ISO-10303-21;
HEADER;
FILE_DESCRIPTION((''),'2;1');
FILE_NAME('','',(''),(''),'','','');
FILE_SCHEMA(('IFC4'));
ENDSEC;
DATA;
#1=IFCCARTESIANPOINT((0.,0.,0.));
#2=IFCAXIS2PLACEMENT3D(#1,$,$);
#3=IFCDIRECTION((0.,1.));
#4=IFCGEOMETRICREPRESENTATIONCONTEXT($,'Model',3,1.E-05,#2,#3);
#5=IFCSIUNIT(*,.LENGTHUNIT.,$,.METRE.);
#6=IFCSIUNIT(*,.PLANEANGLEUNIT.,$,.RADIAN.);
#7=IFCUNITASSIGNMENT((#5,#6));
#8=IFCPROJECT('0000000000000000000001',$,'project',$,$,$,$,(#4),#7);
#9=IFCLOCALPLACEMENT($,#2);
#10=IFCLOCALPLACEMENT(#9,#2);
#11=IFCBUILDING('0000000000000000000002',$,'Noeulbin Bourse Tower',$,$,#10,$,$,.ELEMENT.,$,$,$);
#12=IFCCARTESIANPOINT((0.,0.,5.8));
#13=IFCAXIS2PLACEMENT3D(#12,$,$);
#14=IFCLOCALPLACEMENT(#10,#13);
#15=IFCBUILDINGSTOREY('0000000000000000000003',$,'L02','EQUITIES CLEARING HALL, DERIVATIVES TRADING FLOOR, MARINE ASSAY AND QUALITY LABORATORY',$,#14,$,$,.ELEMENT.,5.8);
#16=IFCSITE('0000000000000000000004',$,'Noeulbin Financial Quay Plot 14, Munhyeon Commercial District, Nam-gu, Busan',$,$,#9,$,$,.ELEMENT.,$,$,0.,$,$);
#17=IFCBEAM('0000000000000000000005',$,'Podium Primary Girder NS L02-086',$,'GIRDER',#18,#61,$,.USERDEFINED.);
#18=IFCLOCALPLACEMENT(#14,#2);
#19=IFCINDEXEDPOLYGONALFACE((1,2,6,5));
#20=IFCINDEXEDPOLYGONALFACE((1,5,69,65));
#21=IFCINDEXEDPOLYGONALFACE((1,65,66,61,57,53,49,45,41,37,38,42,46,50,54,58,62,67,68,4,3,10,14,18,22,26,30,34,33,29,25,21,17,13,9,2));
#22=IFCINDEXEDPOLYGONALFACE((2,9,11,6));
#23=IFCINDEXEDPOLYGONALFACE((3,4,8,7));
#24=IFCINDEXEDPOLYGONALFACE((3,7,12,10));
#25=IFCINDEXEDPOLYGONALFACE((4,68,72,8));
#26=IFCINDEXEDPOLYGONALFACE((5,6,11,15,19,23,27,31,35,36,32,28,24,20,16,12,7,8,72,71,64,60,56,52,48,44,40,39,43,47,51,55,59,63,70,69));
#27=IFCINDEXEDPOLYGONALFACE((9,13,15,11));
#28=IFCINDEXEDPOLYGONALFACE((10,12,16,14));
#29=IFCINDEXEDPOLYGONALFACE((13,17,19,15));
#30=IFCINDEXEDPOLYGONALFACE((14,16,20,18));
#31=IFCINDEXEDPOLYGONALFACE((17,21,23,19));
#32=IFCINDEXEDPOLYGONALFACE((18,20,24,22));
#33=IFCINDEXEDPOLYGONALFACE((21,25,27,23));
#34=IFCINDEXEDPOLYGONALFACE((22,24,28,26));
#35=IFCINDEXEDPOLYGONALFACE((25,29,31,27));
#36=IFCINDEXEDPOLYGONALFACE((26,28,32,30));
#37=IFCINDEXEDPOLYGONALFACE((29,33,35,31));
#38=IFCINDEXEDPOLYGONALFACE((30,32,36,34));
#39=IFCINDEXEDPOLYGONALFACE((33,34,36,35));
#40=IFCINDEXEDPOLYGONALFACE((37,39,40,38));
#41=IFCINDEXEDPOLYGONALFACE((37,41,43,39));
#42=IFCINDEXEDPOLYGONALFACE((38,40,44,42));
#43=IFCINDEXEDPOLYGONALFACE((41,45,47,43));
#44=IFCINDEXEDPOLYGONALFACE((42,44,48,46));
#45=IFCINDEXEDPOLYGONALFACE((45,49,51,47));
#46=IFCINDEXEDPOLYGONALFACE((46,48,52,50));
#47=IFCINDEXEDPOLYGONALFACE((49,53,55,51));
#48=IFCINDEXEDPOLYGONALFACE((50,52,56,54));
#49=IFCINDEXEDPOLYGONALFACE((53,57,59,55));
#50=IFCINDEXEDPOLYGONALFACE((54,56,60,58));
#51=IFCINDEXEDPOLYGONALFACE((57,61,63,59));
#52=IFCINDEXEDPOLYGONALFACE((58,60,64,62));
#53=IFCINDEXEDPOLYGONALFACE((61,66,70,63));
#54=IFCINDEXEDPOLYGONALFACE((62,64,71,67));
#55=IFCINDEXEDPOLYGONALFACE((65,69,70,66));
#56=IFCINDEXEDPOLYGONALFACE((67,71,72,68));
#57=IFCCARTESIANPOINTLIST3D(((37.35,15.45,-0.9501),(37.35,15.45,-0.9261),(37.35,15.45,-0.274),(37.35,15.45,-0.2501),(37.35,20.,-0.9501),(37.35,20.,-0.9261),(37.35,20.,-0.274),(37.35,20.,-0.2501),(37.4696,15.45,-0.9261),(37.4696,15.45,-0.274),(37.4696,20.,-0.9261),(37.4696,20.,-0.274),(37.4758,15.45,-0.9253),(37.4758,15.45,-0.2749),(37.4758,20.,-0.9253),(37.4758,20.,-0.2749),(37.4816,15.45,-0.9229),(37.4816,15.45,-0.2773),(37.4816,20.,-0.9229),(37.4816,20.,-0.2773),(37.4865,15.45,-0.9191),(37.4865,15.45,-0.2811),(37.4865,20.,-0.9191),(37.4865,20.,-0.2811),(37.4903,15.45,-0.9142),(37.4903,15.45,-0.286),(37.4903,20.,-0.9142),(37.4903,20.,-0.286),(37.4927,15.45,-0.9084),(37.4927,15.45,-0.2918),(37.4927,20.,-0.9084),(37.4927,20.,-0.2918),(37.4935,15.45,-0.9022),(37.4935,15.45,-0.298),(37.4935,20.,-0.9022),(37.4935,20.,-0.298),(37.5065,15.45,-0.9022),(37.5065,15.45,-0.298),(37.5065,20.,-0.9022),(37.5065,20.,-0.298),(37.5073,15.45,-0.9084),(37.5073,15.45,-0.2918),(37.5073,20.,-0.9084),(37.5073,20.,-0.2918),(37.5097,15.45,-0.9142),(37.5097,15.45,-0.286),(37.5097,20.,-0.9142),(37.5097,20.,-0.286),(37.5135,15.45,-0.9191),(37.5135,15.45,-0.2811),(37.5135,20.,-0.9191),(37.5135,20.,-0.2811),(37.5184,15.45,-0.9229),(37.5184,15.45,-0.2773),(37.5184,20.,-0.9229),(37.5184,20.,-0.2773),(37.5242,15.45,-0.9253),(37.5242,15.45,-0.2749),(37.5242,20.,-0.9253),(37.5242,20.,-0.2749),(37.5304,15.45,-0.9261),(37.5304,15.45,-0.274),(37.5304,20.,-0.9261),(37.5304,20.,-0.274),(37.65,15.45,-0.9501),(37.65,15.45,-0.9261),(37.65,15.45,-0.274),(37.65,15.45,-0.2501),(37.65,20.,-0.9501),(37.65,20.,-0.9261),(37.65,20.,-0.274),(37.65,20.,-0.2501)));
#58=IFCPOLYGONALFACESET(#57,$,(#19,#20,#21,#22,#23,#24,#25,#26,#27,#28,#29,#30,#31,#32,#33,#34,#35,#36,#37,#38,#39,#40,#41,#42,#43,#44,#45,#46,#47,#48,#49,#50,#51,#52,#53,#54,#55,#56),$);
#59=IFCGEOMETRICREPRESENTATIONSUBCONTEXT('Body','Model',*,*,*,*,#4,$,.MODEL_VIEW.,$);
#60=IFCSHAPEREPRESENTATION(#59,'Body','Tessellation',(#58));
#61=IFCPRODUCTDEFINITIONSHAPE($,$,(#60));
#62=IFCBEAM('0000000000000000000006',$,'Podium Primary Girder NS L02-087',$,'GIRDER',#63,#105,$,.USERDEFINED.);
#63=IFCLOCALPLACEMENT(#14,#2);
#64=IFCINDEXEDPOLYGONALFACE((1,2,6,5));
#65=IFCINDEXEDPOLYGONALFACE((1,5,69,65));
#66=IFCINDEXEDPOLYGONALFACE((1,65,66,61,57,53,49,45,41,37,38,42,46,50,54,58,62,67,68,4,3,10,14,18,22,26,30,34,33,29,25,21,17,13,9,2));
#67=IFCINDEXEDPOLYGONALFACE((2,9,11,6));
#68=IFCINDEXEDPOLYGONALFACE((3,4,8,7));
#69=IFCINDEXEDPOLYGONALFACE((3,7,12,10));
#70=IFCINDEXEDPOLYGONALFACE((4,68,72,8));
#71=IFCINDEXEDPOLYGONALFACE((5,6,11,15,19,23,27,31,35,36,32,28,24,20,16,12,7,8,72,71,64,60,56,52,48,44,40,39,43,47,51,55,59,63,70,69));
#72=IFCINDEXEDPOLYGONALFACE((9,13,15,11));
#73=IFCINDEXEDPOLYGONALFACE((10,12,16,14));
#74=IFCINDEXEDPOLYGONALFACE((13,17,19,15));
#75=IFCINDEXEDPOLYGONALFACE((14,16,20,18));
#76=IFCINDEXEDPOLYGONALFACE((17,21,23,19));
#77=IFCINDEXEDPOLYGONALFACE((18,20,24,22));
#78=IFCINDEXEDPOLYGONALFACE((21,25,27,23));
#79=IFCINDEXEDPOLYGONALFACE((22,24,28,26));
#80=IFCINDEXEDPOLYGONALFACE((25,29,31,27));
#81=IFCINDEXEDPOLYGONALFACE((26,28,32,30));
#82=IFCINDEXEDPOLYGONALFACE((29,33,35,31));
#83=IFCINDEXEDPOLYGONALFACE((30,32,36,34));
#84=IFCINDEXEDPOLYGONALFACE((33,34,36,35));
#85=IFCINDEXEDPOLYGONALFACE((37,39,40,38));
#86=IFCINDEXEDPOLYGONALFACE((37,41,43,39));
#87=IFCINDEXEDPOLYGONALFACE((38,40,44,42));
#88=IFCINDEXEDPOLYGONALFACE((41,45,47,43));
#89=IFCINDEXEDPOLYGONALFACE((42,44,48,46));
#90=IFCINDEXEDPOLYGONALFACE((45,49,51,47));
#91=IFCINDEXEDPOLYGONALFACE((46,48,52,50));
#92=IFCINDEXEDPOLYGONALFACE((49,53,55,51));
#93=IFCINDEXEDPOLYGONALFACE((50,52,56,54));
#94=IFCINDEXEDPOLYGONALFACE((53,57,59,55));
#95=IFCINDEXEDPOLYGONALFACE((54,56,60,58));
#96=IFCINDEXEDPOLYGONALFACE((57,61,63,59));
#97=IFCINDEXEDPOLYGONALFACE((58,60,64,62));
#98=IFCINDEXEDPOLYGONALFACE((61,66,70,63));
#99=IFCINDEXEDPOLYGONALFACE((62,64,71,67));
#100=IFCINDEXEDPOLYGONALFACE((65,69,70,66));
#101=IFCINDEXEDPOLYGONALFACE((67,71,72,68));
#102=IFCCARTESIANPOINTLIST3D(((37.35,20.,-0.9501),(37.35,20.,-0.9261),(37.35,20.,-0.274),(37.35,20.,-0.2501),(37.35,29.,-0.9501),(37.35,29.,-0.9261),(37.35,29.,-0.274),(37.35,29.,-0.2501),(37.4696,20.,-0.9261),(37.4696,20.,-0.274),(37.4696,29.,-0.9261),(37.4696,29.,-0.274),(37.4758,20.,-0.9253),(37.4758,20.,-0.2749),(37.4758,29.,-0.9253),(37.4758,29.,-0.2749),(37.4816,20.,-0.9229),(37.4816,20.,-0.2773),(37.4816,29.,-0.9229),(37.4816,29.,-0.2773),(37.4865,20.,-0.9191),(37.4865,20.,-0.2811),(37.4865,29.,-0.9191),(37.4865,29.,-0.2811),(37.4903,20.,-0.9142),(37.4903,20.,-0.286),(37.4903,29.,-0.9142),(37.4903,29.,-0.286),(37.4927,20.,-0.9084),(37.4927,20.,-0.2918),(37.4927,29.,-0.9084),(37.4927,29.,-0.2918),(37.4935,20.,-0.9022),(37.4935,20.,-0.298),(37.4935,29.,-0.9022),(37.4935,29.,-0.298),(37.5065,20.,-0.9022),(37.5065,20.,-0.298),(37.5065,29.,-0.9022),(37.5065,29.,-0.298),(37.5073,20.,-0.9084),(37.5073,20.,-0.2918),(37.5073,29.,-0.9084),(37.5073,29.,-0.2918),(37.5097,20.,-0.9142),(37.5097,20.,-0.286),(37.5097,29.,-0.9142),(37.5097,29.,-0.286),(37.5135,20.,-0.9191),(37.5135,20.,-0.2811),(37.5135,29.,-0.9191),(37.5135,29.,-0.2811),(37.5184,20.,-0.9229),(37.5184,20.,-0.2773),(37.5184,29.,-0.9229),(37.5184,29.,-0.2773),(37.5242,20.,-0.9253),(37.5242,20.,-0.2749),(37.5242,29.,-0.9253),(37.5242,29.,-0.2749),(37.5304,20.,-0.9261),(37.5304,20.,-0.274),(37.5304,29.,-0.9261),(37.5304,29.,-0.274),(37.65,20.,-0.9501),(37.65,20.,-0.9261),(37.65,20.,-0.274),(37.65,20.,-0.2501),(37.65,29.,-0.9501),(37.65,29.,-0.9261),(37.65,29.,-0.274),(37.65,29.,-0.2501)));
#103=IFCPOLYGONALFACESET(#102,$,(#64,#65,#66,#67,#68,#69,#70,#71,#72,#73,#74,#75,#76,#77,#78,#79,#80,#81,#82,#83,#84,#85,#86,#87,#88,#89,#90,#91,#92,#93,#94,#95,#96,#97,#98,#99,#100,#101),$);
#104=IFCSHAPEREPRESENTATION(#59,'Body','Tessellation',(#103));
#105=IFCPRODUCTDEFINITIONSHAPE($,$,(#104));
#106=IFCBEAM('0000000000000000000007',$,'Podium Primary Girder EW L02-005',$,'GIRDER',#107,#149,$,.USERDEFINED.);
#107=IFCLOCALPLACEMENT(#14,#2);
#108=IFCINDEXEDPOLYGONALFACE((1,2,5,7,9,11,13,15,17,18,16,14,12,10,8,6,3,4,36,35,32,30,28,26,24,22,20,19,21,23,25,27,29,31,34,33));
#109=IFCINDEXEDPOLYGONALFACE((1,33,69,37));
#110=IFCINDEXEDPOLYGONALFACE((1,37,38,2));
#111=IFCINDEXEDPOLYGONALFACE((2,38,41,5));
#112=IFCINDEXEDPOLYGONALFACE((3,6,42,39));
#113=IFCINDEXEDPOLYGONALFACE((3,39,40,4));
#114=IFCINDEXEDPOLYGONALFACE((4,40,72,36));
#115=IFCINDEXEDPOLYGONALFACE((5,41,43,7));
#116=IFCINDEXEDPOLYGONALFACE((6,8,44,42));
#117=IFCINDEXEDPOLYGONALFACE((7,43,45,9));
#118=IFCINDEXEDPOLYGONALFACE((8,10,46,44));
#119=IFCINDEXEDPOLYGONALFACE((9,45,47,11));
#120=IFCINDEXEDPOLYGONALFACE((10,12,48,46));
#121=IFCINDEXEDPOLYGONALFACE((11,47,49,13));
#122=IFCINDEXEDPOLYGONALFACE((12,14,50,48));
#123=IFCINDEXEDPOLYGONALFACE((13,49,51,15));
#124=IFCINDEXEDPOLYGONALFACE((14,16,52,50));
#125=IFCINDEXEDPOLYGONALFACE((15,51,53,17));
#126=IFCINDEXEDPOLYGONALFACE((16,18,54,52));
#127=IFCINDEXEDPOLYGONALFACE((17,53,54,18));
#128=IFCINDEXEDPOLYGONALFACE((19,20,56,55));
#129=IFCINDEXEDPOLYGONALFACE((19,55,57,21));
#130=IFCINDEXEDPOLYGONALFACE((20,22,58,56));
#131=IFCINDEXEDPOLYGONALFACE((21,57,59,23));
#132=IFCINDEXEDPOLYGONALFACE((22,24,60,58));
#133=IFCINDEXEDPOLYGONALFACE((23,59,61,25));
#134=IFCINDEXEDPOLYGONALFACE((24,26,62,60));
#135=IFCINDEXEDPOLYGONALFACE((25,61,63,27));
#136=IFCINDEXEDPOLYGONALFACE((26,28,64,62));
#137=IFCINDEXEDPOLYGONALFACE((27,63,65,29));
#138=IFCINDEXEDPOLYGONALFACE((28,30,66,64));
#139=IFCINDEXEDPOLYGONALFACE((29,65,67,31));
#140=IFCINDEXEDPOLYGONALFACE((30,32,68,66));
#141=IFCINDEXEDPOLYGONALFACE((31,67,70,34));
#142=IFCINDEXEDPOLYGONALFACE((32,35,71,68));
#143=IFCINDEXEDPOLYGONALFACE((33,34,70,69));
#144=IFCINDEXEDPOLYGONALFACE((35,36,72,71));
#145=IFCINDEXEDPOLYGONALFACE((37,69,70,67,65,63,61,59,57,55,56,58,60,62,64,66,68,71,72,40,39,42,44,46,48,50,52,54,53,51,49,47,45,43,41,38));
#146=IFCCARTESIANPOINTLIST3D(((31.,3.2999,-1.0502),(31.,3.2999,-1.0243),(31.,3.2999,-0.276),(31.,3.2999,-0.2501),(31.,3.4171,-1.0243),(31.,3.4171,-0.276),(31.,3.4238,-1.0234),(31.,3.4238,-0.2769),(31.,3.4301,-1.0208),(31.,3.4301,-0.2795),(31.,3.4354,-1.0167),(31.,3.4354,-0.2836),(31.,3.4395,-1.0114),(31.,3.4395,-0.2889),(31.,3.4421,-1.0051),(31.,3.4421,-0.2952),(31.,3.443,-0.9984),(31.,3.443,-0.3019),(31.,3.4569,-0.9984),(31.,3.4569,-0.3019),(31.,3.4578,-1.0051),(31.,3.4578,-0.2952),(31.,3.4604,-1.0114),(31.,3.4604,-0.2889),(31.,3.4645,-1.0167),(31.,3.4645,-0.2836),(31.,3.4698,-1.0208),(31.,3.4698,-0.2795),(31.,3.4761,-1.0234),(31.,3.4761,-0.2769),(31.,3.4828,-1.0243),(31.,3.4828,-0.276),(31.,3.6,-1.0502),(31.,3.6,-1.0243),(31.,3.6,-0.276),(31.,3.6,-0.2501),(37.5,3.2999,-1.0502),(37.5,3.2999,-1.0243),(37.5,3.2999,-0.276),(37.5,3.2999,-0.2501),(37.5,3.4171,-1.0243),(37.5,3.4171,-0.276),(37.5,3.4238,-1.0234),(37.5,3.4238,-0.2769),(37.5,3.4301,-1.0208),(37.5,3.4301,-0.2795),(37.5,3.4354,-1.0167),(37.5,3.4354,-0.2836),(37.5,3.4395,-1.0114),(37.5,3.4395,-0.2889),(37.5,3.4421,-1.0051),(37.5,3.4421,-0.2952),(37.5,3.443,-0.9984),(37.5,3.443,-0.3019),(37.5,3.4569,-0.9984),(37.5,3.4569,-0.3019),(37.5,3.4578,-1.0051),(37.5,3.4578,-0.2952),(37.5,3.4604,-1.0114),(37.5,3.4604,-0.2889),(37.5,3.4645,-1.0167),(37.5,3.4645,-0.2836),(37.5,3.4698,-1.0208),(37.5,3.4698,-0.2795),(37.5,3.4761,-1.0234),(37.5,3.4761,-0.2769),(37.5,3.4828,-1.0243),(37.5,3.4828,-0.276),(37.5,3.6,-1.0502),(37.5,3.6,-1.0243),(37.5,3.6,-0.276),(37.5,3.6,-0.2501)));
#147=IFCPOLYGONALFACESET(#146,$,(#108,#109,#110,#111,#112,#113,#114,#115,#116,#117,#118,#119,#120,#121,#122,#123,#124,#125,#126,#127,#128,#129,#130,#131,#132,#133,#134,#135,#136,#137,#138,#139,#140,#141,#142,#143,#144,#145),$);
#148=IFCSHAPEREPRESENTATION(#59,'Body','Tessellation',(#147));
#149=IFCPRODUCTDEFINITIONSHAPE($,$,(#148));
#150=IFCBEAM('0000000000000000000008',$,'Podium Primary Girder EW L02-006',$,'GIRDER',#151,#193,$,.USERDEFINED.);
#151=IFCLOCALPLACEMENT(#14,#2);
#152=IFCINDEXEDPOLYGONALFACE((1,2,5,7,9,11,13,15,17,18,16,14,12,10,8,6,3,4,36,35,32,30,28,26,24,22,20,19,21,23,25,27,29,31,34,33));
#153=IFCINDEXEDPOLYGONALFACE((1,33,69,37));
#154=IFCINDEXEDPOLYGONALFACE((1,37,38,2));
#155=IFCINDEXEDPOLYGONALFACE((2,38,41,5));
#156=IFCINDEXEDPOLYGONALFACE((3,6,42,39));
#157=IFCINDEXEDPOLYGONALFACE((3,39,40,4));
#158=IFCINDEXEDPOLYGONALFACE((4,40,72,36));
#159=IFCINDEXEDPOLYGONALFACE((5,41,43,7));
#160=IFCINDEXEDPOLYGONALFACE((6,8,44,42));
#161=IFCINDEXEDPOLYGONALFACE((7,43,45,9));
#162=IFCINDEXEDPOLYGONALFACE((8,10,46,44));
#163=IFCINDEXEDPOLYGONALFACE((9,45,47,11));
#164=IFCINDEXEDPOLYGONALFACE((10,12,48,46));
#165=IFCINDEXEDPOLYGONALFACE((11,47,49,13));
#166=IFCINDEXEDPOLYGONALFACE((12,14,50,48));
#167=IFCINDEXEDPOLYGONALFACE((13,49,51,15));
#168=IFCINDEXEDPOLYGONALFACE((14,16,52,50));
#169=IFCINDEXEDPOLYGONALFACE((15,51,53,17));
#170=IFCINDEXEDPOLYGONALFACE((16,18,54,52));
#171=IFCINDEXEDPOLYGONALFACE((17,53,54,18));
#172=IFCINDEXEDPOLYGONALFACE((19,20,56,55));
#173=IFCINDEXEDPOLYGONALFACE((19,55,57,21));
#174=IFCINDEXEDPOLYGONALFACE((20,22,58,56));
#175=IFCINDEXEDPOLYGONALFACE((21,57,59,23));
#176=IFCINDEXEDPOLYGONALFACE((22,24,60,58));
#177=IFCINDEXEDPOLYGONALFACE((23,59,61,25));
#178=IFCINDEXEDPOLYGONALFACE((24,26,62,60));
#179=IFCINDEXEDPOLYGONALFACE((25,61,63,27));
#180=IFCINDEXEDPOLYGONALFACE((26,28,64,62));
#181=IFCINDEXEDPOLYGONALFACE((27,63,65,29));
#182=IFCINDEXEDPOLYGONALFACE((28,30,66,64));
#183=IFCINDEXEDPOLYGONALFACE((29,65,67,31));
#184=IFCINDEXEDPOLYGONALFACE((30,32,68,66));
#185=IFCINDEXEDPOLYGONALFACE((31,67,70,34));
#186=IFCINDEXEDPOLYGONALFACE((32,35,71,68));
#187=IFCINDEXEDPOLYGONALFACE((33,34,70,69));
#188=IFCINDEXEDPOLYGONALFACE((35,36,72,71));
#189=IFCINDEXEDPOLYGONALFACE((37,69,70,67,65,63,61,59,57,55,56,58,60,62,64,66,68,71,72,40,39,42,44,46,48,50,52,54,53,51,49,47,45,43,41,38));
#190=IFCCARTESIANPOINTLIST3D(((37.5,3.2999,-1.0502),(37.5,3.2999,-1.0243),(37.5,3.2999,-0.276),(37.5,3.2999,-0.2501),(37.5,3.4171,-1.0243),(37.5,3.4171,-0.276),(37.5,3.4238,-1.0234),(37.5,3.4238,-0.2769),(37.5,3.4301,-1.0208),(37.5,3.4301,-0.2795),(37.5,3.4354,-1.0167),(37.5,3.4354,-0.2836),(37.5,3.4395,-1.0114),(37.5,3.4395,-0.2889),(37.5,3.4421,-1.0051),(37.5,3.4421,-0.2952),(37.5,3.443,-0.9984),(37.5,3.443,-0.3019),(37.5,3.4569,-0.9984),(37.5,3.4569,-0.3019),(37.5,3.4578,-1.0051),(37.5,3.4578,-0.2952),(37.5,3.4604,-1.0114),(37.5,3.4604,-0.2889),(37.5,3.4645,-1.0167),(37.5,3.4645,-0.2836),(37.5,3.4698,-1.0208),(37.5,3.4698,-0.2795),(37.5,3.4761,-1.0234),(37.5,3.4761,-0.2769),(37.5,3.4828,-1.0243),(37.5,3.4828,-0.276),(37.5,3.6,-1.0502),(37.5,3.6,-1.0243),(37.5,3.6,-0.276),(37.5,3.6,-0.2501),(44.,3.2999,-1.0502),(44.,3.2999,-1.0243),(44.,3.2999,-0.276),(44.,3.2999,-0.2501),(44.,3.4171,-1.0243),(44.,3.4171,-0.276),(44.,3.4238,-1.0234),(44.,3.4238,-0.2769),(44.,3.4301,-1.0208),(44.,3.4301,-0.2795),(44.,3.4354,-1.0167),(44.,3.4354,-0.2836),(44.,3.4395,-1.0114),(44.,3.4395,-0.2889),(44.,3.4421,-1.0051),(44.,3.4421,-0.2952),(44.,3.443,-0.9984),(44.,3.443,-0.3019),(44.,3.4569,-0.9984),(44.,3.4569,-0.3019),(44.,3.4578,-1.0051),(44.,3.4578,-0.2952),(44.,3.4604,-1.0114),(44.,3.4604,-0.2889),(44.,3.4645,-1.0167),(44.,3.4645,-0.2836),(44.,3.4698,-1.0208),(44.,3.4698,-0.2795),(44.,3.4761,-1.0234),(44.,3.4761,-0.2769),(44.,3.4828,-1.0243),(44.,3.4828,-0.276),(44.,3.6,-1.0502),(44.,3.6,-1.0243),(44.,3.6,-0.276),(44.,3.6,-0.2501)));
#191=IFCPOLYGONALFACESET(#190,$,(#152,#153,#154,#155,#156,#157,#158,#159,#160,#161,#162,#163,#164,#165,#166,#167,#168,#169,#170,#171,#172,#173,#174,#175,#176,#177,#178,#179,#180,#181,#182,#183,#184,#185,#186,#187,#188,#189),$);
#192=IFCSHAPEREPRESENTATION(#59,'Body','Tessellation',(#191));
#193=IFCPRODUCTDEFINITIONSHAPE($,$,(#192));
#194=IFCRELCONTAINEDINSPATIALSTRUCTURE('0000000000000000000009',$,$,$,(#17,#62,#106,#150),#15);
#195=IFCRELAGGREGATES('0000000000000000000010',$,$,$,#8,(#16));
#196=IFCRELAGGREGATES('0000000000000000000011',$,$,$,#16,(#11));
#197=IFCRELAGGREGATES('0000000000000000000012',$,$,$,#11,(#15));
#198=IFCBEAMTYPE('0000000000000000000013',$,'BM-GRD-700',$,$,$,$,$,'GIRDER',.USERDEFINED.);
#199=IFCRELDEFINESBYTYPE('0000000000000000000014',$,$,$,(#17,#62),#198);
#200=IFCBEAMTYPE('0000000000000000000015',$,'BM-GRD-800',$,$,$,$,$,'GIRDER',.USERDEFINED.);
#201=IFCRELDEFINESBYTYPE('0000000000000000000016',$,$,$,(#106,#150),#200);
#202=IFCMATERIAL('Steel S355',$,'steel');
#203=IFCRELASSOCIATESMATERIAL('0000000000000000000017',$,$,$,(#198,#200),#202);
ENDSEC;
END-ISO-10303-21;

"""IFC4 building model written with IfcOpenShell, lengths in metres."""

from ifc_helpers import new_model, si_unit, direction, frame, origin, origin_2d, place, context, subcontext, project, spatial, i_section, extrude, material, material_profile, profile_set, type_object, element, save


model = new_model("IFC4")

# Units and contexts
model_context = context("Model", 3, precision=1e-05, world=origin(), true_north=direction((0.0, 1.0)))
body_context = subcontext(model_context, "Body", "Model", "MODEL_VIEW")
ifc_project = project(units=[si_unit("LENGTHUNIT", "METRE"), si_unit("PLANEANGLEUNIT", "RADIAN")], contexts=[model_context])

# Site, building, storey
site_placement = place(None, origin())
site = spatial("IfcSite", under=ifc_project, at=site_placement, Name="Noeulbin Financial Quay Plot 14, Munhyeon Commercial District, Nam-gu, Busan", CompositionType="ELEMENT", RefElevation=0.0)
building_placement = place(site_placement, origin())
building = spatial("IfcBuilding", under=site, at=building_placement, Name="Noeulbin Bourse Tower", CompositionType="ELEMENT")
storey_placement = place(building_placement, frame((0.0, 0.0, 5.8)))
storey = spatial("IfcBuildingStorey", under=building, at=storey_placement, Name="L02", Description="EQUITIES CLEARING HALL, DERIVATIVES TRADING FLOOR, MARINE ASSAY AND QUALITY LABORATORY", CompositionType="ELEMENT", Elevation=5.8)

# Beams
ifc_material_1 = material(Name="Steel S355", Category="steel")
ifc_material_profile_1 = material_profile(ifc_material_1, i_section(OverallWidth=0.3, OverallDepth=0.7, WebThickness=0.0129, FlangeThickness=0.0239, FilletRadius=0.0239, at=origin_2d()), Name="H-700x300x13x24", Category="LoadBearing")
ifc_profile_set_1 = profile_set([ifc_material_profile_1], Name="Steel S355")
beam_type_1 = type_object("IfcBeamType", Name="BM-GRD-700", ElementType="GIRDER", PredefinedType="USERDEFINED", material=ifc_profile_set_1)
beam_1_placement = place(storey_placement, frame((37.5, 15.45, -0.6001), z_axis=(0.0, 1.0, 0.0), x_axis=(-1.0, 0.0, 0.0)))
element("IfcBeam", 1, at=beam_1_placement, inside=storey, type_object=beam_type_1, Name="Podium Primary Girder NS L02-086", ObjectType="GIRDER", PredefinedType="USERDEFINED", context=body_context, shape_type="SweptSolid", body=[
    extrude(i_section(OverallWidth=0.3, OverallDepth=0.7, WebThickness=0.0129, FlangeThickness=0.0239, FilletRadius=0.0239, at=origin_2d()), origin(), (0.0, 0.0, 1.0), 4.55),
])
beam_2_placement = place(storey_placement, frame((37.5, 20.0, -0.6001), z_axis=(0.0, 1.0, 0.0), x_axis=(-1.0, 0.0, 0.0)))
element("IfcBeam", 2, at=beam_2_placement, inside=storey, type_object=beam_type_1, Name="Podium Primary Girder NS L02-087", ObjectType="GIRDER", PredefinedType="USERDEFINED", context=body_context, shape_type="SweptSolid", body=[
    extrude(i_section(OverallWidth=0.3, OverallDepth=0.7, WebThickness=0.0129, FlangeThickness=0.0239, FilletRadius=0.0239, at=origin_2d()), origin(), (0.0, 0.0, 1.0), 9.0),
])
ifc_material_profile_2 = material_profile(ifc_material_1, i_section(OverallWidth=0.3, OverallDepth=0.8, WebThickness=0.0139, FlangeThickness=0.0259, FilletRadius=0.0259, at=origin_2d()), Name="H-800x300x14x26", Category="LoadBearing")
ifc_profile_set_2 = profile_set([ifc_material_profile_2], Name="Steel S355")
beam_type_2 = type_object("IfcBeamType", Name="BM-GRD-800", ElementType="GIRDER", PredefinedType="USERDEFINED", material=ifc_profile_set_2)
for number, where, z_axis, x_axis, name in (
    (3, (31.0, 3.45, -0.6501), (1.0, 0.0, 0.0), (0.0, 1.0, 0.0), "Podium Primary Girder EW L02-005"),
    (4, (37.5, 3.45, -0.6501), (1.0, 0.0, 0.0), (0.0, 1.0, 0.0), "Podium Primary Girder EW L02-006"),
):
    element("IfcBeam", number, at=place(storey_placement, frame(where, z_axis=z_axis, x_axis=x_axis)), inside=storey, type_object=beam_type_2, Name=name, ObjectType="GIRDER", PredefinedType="USERDEFINED", context=body_context, shape_type="SweptSolid", body=[
        extrude(i_section(OverallWidth=0.3, OverallDepth=0.8, WebThickness=0.0139, FlangeThickness=0.0259, FilletRadius=0.0259, at=origin_2d()), origin(), (0.0, 0.0, 1.0), 6.5),
    ])

save(model, "model.ifc")
